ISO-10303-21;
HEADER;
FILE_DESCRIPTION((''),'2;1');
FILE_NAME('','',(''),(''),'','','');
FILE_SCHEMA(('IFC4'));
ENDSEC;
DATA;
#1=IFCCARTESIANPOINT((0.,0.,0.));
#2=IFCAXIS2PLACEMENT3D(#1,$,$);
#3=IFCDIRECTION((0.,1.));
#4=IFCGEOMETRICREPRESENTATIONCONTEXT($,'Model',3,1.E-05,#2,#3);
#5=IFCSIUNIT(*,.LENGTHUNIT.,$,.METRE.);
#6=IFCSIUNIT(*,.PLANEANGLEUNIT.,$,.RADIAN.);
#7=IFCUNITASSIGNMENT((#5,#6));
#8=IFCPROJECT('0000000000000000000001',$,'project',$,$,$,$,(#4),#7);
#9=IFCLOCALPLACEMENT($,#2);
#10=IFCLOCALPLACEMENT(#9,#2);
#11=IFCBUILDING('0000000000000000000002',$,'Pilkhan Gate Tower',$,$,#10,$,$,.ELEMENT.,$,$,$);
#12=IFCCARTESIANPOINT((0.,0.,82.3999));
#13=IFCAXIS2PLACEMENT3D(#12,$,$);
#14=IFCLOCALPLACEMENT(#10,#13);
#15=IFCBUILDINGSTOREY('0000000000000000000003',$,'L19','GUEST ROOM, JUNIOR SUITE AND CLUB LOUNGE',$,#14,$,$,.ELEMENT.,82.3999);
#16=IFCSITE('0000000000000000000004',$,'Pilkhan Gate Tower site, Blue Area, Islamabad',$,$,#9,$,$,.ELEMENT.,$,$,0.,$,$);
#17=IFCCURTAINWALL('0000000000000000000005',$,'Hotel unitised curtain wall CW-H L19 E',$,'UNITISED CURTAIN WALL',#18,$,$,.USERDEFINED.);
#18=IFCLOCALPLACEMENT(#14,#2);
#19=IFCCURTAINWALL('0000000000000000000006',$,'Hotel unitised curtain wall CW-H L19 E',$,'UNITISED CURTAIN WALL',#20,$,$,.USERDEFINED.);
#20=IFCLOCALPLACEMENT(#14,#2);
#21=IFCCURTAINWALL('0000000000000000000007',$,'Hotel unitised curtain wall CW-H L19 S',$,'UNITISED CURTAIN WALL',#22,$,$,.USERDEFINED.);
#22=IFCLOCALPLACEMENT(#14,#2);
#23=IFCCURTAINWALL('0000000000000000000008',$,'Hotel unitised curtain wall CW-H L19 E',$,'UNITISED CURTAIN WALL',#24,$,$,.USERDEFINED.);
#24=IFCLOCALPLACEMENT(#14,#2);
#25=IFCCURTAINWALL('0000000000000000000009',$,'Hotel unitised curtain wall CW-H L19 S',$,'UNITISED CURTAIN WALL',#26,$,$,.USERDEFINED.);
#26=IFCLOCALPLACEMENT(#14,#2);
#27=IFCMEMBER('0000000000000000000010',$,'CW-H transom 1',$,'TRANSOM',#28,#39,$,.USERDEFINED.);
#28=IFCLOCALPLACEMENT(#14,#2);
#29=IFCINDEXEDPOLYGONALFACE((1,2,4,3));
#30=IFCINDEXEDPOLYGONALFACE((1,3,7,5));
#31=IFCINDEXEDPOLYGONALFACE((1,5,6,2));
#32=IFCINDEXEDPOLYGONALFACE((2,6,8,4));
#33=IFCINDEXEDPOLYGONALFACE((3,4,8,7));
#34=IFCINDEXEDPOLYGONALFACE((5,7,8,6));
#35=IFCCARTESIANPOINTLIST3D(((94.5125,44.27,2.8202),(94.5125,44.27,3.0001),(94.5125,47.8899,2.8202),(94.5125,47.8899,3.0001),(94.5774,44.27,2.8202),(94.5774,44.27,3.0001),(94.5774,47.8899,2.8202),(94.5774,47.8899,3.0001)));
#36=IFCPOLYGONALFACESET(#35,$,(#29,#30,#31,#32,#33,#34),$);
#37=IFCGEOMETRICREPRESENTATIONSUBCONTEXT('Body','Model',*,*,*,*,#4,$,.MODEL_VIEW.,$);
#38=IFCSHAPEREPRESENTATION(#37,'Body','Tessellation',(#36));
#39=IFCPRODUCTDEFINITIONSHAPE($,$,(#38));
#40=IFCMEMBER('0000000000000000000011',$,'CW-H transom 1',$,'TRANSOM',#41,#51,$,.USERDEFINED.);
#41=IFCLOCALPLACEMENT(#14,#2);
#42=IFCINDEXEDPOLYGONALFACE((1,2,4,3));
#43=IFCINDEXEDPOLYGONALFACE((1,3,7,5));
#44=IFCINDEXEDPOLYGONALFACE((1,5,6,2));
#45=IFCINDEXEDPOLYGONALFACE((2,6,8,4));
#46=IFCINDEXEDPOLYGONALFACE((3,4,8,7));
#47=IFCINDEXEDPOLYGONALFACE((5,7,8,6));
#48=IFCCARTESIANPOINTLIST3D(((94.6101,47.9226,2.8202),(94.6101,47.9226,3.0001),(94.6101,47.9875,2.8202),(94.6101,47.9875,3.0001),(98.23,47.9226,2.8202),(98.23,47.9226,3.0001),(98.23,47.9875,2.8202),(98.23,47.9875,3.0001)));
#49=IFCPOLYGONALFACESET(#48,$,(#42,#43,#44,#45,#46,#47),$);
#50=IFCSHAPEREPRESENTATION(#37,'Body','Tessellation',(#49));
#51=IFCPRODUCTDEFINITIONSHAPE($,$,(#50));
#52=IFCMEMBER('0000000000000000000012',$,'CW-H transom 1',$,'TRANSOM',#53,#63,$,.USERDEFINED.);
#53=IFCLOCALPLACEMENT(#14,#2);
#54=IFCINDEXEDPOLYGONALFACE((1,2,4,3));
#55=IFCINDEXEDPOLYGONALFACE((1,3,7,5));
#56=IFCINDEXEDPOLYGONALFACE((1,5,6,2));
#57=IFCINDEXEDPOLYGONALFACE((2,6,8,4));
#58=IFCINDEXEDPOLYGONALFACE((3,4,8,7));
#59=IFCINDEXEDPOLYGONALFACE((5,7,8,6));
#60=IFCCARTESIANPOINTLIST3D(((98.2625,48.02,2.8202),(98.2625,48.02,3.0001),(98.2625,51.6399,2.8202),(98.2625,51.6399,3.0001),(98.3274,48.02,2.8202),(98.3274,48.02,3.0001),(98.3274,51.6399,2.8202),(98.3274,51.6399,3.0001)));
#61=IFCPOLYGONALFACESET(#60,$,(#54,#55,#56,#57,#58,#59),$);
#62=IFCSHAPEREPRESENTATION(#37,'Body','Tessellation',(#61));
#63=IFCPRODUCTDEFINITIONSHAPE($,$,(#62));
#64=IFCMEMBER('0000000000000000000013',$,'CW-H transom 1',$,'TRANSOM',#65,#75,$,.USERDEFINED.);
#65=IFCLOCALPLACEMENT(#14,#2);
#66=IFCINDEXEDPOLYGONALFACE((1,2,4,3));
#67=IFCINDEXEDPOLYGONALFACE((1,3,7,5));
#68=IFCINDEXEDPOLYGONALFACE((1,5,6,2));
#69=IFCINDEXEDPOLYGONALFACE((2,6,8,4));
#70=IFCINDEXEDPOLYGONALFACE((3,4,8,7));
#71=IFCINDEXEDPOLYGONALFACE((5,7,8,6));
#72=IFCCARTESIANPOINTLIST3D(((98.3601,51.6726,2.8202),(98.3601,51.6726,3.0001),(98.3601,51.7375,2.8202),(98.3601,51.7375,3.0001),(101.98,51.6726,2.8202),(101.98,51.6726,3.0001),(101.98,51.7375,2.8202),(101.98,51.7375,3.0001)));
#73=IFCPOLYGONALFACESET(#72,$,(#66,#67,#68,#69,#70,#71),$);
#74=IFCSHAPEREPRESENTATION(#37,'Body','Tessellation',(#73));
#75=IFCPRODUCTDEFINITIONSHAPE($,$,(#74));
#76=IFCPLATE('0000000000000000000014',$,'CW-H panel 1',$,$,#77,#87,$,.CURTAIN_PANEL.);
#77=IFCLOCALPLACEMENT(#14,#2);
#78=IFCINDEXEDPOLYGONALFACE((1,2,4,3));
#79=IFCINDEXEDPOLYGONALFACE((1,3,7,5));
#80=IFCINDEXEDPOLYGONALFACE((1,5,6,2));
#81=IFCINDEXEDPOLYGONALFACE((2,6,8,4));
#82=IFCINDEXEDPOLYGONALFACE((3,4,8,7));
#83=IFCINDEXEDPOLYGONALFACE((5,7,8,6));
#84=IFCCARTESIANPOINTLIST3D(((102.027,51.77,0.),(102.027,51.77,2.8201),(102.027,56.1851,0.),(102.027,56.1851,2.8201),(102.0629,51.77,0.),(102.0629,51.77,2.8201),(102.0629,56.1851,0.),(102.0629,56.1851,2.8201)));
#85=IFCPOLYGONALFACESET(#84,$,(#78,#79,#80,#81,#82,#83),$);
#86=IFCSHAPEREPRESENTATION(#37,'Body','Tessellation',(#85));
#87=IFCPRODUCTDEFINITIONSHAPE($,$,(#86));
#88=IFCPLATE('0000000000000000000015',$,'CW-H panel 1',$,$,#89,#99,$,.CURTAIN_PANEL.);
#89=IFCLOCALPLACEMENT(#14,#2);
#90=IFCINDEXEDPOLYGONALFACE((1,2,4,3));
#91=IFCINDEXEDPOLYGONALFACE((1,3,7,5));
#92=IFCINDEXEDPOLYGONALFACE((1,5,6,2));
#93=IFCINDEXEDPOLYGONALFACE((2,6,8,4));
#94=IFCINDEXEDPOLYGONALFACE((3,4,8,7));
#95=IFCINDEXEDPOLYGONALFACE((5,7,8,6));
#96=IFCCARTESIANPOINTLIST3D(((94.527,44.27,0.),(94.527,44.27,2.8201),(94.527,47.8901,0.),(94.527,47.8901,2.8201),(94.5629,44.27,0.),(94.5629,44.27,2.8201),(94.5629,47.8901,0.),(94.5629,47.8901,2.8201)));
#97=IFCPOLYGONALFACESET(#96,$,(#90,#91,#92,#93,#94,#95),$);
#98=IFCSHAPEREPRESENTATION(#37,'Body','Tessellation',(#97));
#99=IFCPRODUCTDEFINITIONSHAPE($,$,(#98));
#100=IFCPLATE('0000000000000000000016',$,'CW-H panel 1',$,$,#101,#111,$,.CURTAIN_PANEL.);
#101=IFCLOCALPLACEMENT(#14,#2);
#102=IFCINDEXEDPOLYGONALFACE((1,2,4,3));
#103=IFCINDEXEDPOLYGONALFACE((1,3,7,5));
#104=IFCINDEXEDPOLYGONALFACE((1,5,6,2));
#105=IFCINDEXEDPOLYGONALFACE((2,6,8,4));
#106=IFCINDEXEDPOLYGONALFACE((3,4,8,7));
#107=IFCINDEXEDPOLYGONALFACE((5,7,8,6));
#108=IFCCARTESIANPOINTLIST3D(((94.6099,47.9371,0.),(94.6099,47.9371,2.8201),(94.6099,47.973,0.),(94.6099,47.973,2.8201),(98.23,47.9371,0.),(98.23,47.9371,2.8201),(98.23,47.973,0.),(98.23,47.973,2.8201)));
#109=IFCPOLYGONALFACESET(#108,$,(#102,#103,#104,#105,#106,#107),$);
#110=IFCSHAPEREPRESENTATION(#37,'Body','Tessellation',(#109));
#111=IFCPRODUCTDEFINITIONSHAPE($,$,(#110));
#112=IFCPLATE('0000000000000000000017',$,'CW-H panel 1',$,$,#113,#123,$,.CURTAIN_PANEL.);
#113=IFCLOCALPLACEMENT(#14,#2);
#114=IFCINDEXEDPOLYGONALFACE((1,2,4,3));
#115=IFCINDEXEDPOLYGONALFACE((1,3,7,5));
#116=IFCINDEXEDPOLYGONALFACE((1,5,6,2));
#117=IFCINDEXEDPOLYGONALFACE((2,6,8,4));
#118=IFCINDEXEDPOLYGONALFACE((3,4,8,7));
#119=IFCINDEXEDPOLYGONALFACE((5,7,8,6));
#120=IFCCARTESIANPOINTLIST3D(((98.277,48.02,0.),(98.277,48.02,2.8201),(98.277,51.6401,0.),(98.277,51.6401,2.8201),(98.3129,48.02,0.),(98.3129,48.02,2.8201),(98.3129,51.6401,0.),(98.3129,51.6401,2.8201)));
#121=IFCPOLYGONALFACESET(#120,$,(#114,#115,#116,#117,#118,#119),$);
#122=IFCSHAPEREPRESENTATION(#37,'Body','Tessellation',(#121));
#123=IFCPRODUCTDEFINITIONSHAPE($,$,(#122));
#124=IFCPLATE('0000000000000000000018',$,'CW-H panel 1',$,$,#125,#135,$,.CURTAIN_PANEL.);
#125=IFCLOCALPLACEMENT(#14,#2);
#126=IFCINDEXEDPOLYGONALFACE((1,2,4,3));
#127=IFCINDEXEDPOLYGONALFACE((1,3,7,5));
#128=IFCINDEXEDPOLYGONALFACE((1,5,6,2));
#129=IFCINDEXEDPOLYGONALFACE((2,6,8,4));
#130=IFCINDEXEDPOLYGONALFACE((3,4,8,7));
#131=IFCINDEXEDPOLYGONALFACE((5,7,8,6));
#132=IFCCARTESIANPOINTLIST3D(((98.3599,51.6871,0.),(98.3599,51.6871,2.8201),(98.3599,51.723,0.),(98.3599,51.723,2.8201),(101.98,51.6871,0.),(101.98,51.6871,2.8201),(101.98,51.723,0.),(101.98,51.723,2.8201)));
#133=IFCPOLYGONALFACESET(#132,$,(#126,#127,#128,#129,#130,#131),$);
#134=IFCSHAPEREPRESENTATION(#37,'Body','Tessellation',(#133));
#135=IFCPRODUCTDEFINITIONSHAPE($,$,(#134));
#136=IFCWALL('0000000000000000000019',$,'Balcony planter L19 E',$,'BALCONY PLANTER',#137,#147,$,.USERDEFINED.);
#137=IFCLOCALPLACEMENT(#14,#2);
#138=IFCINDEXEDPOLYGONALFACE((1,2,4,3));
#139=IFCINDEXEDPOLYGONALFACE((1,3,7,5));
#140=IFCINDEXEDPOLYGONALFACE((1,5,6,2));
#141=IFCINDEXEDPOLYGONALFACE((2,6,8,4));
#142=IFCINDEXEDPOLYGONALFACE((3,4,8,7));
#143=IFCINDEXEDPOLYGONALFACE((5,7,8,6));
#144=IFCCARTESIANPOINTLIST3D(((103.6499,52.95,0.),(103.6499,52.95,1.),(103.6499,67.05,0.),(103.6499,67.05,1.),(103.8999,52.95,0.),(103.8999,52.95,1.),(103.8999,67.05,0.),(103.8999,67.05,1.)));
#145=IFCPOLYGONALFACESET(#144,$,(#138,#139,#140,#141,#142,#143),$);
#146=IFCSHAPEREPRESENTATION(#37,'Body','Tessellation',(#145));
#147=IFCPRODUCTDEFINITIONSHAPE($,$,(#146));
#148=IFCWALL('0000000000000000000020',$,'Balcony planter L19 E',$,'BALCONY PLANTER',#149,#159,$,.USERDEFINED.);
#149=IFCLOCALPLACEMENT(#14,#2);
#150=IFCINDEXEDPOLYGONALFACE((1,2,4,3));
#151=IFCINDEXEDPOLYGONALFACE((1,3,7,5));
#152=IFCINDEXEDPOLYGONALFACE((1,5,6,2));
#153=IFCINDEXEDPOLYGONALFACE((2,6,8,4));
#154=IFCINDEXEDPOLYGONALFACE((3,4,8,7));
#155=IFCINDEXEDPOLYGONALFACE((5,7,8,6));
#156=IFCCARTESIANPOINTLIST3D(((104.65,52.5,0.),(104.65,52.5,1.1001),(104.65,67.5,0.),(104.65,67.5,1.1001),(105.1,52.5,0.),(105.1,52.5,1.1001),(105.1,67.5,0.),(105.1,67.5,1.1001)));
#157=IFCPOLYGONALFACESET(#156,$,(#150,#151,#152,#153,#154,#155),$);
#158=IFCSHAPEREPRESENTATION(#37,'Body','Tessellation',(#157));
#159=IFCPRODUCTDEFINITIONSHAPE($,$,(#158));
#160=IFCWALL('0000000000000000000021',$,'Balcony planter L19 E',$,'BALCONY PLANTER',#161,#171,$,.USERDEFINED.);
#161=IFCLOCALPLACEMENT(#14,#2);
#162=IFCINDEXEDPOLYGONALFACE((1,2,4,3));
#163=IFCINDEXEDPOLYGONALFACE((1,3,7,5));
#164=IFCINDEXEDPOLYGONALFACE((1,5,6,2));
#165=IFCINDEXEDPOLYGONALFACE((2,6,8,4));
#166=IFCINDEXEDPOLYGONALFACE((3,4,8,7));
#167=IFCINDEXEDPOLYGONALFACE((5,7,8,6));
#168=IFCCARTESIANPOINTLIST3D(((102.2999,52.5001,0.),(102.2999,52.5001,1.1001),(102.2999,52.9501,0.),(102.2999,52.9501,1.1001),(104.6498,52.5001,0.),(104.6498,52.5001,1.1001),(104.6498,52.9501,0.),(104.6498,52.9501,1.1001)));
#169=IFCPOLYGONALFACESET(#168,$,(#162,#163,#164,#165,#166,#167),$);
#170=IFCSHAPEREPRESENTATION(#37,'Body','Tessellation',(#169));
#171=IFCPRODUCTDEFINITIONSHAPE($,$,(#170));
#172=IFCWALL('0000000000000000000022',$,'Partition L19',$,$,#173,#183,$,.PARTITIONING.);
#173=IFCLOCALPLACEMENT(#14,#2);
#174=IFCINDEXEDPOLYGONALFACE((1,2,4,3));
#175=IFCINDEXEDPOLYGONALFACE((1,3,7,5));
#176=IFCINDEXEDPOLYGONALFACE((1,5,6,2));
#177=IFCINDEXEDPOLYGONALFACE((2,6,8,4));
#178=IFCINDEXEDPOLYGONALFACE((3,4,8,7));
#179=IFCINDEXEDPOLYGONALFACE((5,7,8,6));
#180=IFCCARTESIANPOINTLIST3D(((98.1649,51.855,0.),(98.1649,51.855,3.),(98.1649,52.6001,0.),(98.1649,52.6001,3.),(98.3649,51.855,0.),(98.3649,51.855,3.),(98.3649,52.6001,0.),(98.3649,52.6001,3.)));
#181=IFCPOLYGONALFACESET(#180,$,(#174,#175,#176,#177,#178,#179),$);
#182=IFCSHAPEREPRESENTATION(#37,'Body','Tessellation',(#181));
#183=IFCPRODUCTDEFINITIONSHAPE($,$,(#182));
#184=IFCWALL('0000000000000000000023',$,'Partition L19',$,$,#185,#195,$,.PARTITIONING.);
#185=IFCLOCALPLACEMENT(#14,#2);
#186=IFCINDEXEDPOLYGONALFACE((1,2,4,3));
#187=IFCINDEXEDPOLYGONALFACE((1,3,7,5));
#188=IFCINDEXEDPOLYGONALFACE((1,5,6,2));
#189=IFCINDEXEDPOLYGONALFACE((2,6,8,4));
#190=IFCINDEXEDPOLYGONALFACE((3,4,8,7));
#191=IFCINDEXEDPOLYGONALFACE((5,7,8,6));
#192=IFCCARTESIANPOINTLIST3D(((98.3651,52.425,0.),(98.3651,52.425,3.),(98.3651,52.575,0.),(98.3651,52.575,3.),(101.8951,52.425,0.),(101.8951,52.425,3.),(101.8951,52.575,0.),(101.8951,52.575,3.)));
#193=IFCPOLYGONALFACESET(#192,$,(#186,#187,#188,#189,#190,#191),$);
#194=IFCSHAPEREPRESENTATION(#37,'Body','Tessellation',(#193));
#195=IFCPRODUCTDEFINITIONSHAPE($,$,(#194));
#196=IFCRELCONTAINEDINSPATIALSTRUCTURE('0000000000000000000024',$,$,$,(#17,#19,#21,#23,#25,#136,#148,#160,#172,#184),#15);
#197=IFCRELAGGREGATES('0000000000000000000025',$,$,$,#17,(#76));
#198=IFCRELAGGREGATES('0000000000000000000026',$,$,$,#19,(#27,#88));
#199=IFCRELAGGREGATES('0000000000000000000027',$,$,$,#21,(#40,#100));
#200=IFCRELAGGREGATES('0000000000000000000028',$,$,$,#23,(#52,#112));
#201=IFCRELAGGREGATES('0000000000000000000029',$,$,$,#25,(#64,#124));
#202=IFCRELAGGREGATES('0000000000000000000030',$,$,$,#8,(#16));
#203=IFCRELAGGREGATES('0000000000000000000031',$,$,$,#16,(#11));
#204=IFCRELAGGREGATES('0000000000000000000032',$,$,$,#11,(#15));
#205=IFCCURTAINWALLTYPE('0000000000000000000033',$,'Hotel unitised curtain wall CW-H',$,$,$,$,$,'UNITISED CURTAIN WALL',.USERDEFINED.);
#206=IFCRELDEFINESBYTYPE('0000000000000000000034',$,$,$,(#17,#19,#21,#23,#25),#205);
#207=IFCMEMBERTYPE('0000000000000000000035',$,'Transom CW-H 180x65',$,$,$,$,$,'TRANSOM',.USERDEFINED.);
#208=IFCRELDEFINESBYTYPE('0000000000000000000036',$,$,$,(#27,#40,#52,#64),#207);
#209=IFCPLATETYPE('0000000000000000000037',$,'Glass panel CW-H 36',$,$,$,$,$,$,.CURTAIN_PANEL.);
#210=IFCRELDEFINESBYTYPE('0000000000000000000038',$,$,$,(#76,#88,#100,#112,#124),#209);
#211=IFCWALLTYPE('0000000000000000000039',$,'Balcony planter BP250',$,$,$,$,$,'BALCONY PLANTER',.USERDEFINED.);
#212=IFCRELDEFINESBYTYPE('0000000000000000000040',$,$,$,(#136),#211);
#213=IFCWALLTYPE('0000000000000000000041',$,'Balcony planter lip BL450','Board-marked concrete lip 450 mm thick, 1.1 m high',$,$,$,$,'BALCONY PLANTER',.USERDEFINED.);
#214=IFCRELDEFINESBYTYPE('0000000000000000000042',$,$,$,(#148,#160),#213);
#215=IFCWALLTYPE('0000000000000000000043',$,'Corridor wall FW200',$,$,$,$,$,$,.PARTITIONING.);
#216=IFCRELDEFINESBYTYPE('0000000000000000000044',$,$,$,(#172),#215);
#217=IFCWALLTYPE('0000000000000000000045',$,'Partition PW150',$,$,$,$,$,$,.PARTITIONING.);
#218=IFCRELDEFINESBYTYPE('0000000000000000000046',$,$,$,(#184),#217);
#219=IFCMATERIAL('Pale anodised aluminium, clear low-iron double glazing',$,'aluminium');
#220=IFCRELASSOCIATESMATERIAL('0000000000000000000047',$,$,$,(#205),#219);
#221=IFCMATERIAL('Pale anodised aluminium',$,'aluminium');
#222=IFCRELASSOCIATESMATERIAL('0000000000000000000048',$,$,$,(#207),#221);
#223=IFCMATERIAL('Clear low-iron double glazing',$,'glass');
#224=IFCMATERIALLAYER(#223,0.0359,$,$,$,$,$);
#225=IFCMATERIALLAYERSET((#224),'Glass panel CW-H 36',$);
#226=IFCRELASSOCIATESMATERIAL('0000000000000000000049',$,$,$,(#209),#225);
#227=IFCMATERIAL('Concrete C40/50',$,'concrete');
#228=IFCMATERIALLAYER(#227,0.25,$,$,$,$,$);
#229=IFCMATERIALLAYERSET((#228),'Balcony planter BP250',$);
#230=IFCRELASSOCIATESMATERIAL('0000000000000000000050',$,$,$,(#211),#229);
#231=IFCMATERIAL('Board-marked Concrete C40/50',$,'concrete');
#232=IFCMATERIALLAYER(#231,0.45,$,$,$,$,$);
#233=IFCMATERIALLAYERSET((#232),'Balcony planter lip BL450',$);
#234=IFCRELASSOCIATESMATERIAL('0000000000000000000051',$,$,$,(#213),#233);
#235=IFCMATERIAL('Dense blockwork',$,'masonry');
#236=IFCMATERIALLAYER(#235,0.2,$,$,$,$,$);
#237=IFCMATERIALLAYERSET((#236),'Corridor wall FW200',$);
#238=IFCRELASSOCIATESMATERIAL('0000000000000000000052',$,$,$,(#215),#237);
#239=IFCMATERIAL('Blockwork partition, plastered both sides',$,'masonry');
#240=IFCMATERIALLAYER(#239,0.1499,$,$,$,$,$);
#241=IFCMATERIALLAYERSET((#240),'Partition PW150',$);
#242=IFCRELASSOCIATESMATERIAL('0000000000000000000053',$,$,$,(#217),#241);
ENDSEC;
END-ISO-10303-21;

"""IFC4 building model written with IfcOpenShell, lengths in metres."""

from ifc_helpers import new_model, si_unit, direction, frame, frame_2d, origin, origin_2d, place, context, subcontext, project, spatial, rectangle, extrude, material, layer, layer_set, material_profile, profile_set, type_object, element, aggregate, save


model = new_model("IFC4")

# Units and contexts
model_context = context("Model", 3, precision=1e-05, world=origin(), true_north=direction((0.0, 1.0)))
body_context = subcontext(model_context, "Body", "Model", "MODEL_VIEW")
ifc_project = project(units=[si_unit("LENGTHUNIT", "METRE"), si_unit("PLANEANGLEUNIT", "RADIAN")], contexts=[model_context])

# Site, building, storey
site_placement = place(None, origin())
site = spatial("IfcSite", under=ifc_project, at=site_placement, Name="Pilkhan Gate Tower site, Blue Area, Islamabad", CompositionType="ELEMENT", RefElevation=0.0)
building_placement = place(site_placement, origin())
building = spatial("IfcBuilding", under=site, at=building_placement, Name="Pilkhan Gate Tower", CompositionType="ELEMENT")
storey_placement = place(building_placement, frame((0.0, 0.0, 82.3999)))
storey = spatial("IfcBuildingStorey", under=building, at=storey_placement, Name="L19", Description="GUEST ROOM, JUNIOR SUITE AND CLUB LOUNGE", CompositionType="ELEMENT", Elevation=82.3999)

# Curtain wall
ifc_material_1 = material(Name="Pale anodised aluminium, clear low-iron double glazing", Category="aluminium")
curtain_wall_type = type_object("IfcCurtainWallType", Name="Hotel unitised curtain wall CW-H", ElementType="UNITISED CURTAIN WALL", PredefinedType="USERDEFINED", material=ifc_material_1)
curtain_wall_1_placement = place(storey_placement, origin())
curtain_wall_1 = element("IfcCurtainWall", 1, at=curtain_wall_1_placement, inside=storey, type_object=curtain_wall_type, Name="Hotel unitised curtain wall CW-H L19 E", ObjectType="UNITISED CURTAIN WALL", PredefinedType="USERDEFINED")
ifc_material_2 = material(Name="Pale anodised aluminium", Category="aluminium")

# Curtain walls
curtain_wall_2_placement = place(storey_placement, origin())
curtain_wall_2 = element("IfcCurtainWall", 2, at=curtain_wall_2_placement, inside=storey, type_object=curtain_wall_type, Name="Hotel unitised curtain wall CW-H L19 E", ObjectType="UNITISED CURTAIN WALL", PredefinedType="USERDEFINED")
curtain_wall_3_placement = place(storey_placement, origin())
curtain_wall_3 = element("IfcCurtainWall", 3, at=curtain_wall_3_placement, inside=storey, type_object=curtain_wall_type, Name="Hotel unitised curtain wall CW-H L19 S", ObjectType="UNITISED CURTAIN WALL", PredefinedType="USERDEFINED")
curtain_wall_4_placement = place(storey_placement, origin())
curtain_wall_4 = element("IfcCurtainWall", 4, at=curtain_wall_4_placement, inside=storey, type_object=curtain_wall_type, Name="Hotel unitised curtain wall CW-H L19 E", ObjectType="UNITISED CURTAIN WALL", PredefinedType="USERDEFINED")
curtain_wall_5_placement = place(storey_placement, origin())
curtain_wall_5 = element("IfcCurtainWall", 5, at=curtain_wall_5_placement, inside=storey, type_object=curtain_wall_type, Name="Hotel unitised curtain wall CW-H L19 S", ObjectType="UNITISED CURTAIN WALL", PredefinedType="USERDEFINED")

# Members
ifc_material_profile_1 = material_profile(ifc_material_2, rectangle(XDim=0.0649, YDim=0.1799, at=origin_2d()), Name="Transom 180x65")
ifc_profile_set_1 = profile_set([ifc_material_profile_1], Name="Pale anodised aluminium")
member_type_1 = type_object("IfcMemberType", Name="Transom CW-H 180x65", ElementType="TRANSOM", PredefinedType="USERDEFINED", material=ifc_profile_set_1)
member_1_placement = place(storey_placement, frame((94.5449, 44.27, 2.9102), z_axis=(0.0, 1.0, 0.0), x_axis=(-1.0, 0.0, 0.0)))
member_1 = element("IfcMember", 6, at=member_1_placement, type_object=member_type_1, Name="CW-H transom 1", ObjectType="TRANSOM", PredefinedType="USERDEFINED", context=body_context, shape_type="SweptSolid", body=[
    extrude(rectangle(XDim=0.0649, YDim=0.1799, at=origin_2d()), origin(), (0.0, 0.0, 1.0), 3.6199),
])
member_2_placement = place(storey_placement, frame((94.6101, 47.9551, 2.9102), z_axis=(1.0, 0.0, 0.0), x_axis=(0.0, 1.0, 0.0)))
member_2 = element("IfcMember", 7, at=member_2_placement, type_object=member_type_1, Name="CW-H transom 1", ObjectType="TRANSOM", PredefinedType="USERDEFINED", context=body_context, shape_type="SweptSolid", body=[
    extrude(rectangle(XDim=0.0649, YDim=0.1799, at=origin_2d()), origin(), (0.0, 0.0, 1.0), 3.6199),
])
member_3_placement = place(storey_placement, frame((98.2949, 48.02, 2.9102), z_axis=(0.0, 1.0, 0.0), x_axis=(-1.0, 0.0, 0.0)))
member_3 = element("IfcMember", 8, at=member_3_placement, type_object=member_type_1, Name="CW-H transom 1", ObjectType="TRANSOM", PredefinedType="USERDEFINED", context=body_context, shape_type="SweptSolid", body=[
    extrude(rectangle(XDim=0.0649, YDim=0.1799, at=origin_2d()), origin(), (0.0, 0.0, 1.0), 3.6199),
])
member_4_placement = place(storey_placement, frame((98.3601, 51.7051, 2.9102), z_axis=(1.0, 0.0, 0.0), x_axis=(0.0, 1.0, 0.0)))
member_4 = element("IfcMember", 9, at=member_4_placement, type_object=member_type_1, Name="CW-H transom 1", ObjectType="TRANSOM", PredefinedType="USERDEFINED", context=body_context, shape_type="SweptSolid", body=[
    extrude(rectangle(XDim=0.0649, YDim=0.1799, at=origin_2d()), origin(), (0.0, 0.0, 1.0), 3.6199),
])

# Plates
ifc_material_3 = material(Name="Clear low-iron double glazing", Category="glass")
ifc_layer_1 = layer(ifc_material_3, 0.0359)
ifc_layer_set_1 = layer_set([ifc_layer_1], Name="Glass panel CW-H 36")
plate_type = type_object("IfcPlateType", Name="Glass panel CW-H 36", PredefinedType="CURTAIN_PANEL", material=ifc_layer_set_1)
plate_1_placement = place(storey_placement, frame((102.0449, 53.9775, 0.0), z_axis=(0.0, 0.0, 1.0), x_axis=(0.0, 1.0, 0.0)))
plate_1 = element("IfcPlate", 10, at=plate_1_placement, type_object=plate_type, Name="CW-H panel 1", PredefinedType="CURTAIN_PANEL", context=body_context, shape_type="SweptSolid", body=[
    extrude(rectangle(XDim=4.415, YDim=0.0359, at=origin_2d()), origin(), (0.0, 0.0, 1.0), 2.8201),
])
aggregate(curtain_wall_1, [plate_1])
plate_2_placement = place(storey_placement, frame((94.5449, 46.0801, 0.0), z_axis=(0.0, 0.0, 1.0), x_axis=(0.0, 1.0, 0.0)))
plate_2 = element("IfcPlate", 11, at=plate_2_placement, type_object=plate_type, Name="CW-H panel 1", PredefinedType="CURTAIN_PANEL", context=body_context, shape_type="SweptSolid", body=[
    extrude(rectangle(XDim=3.6201, YDim=0.0359, at=origin_2d()), origin(), (0.0, 0.0, 1.0), 2.8201),
])
aggregate(curtain_wall_2, [member_1, plate_2])
plate_3_placement = place(storey_placement, frame((96.4199, 47.9551, 0.0), z_axis=(0.0, 0.0, 1.0), x_axis=(1.0, 0.0, 0.0)))
plate_3 = element("IfcPlate", 12, at=plate_3_placement, type_object=plate_type, Name="CW-H panel 1", PredefinedType="CURTAIN_PANEL", context=body_context, shape_type="SweptSolid", body=[
    extrude(rectangle(XDim=3.6201, YDim=0.0359, at=origin_2d()), origin(), (0.0, 0.0, 1.0), 2.8201),
])
aggregate(curtain_wall_3, [member_2, plate_3])
plate_4_placement = place(storey_placement, frame((98.2949, 49.8301, 0.0), z_axis=(0.0, 0.0, 1.0), x_axis=(0.0, 1.0, 0.0)))
plate_4 = element("IfcPlate", 13, at=plate_4_placement, type_object=plate_type, Name="CW-H panel 1", PredefinedType="CURTAIN_PANEL", context=body_context, shape_type="SweptSolid", body=[
    extrude(rectangle(XDim=3.6201, YDim=0.0359, at=origin_2d()), origin(), (0.0, 0.0, 1.0), 2.8201),
])
aggregate(curtain_wall_4, [member_3, plate_4])
plate_5_placement = place(storey_placement, frame((100.1699, 51.7051, 0.0), z_axis=(0.0, 0.0, 1.0), x_axis=(1.0, 0.0, 0.0)))
plate_5 = element("IfcPlate", 14, at=plate_5_placement, type_object=plate_type, Name="CW-H panel 1", PredefinedType="CURTAIN_PANEL", context=body_context, shape_type="SweptSolid", body=[
    extrude(rectangle(XDim=3.6201, YDim=0.0359, at=origin_2d()), origin(), (0.0, 0.0, 1.0), 2.8201),
])
aggregate(curtain_wall_5, [member_4, plate_5])

# Walls
ifc_material_4 = material(Name="Concrete C40/50", Category="concrete")
ifc_layer_2 = layer(ifc_material_4, 0.25)
ifc_layer_set_2 = layer_set([ifc_layer_2], Name="Balcony planter BP250")
wall_type_1 = type_object("IfcWallType", Name="Balcony planter BP250", ElementType="BALCONY PLANTER", PredefinedType="USERDEFINED", material=ifc_layer_set_2)
wall_1_placement = place(storey_placement, frame((103.7749, 52.95, 0.0), z_axis=(0.0, 0.0, 1.0), x_axis=(0.0, 1.0, 0.0)))
element("IfcWall", 15, at=wall_1_placement, inside=storey, type_object=wall_type_1, Name="Balcony planter L19 E", ObjectType="BALCONY PLANTER", PredefinedType="USERDEFINED", context=body_context, shape_type="SweptSolid", body=[
    extrude(rectangle(XDim=14.1001, YDim=0.25, at=frame_2d((7.05, 0.0))), origin(), (0.0, 0.0, 1.0), 1.0),
])
ifc_material_5 = material(Name="Board-marked Concrete C40/50", Category="concrete")
ifc_layer_3 = layer(ifc_material_5, 0.45)
ifc_layer_set_3 = layer_set([ifc_layer_3], Name="Balcony planter lip BL450")
wall_type_2 = type_object("IfcWallType", Name="Balcony planter lip BL450", Description="Board-marked concrete lip 450 mm thick, 1.1 m high", ElementType="BALCONY PLANTER", PredefinedType="USERDEFINED", material=ifc_layer_set_3)
wall_2_placement = place(storey_placement, frame((104.875, 52.5, 0.0), z_axis=(0.0, 0.0, 1.0), x_axis=(0.0, 1.0, 0.0)))
element("IfcWall", 16, at=wall_2_placement, inside=storey, type_object=wall_type_2, Name="Balcony planter L19 E", ObjectType="BALCONY PLANTER", PredefinedType="USERDEFINED", context=body_context, shape_type="SweptSolid", body=[
    extrude(rectangle(XDim=15.0, YDim=0.45, at=frame_2d((7.5, 0.0))), origin(), (0.0, 0.0, 1.0), 1.1001),
])
wall_3_placement = place(storey_placement, frame((102.3, 52.7251, 0.0), z_axis=(0.0, 0.0, 1.0), x_axis=(1.0, 0.0, 0.0)))
element("IfcWall", 17, at=wall_3_placement, inside=storey, type_object=wall_type_2, Name="Balcony planter L19 E", ObjectType="BALCONY PLANTER", PredefinedType="USERDEFINED", context=body_context, shape_type="SweptSolid", body=[
    extrude(rectangle(XDim=2.3499, YDim=0.45, at=frame_2d((1.1748, 0.0))), origin(), (0.0, 0.0, 1.0), 1.1001),
])
ifc_material_6 = material(Name="Dense blockwork", Category="masonry")
ifc_layer_4 = layer(ifc_material_6, 0.2)
ifc_layer_set_4 = layer_set([ifc_layer_4], Name="Corridor wall FW200")
wall_type_3 = type_object("IfcWallType", Name="Corridor wall FW200", PredefinedType="PARTITIONING", material=ifc_layer_set_4)
wall_4_placement = place(storey_placement, frame((98.2649, 51.855, 0.0), z_axis=(0.0, 0.0, 1.0), x_axis=(0.0, 1.0, 0.0)))
element("IfcWall", 18, at=wall_4_placement, inside=storey, type_object=wall_type_3, Name="Partition L19", PredefinedType="PARTITIONING", context=body_context, shape_type="SweptSolid", body=[
    extrude(rectangle(XDim=0.7451, YDim=0.2, at=frame_2d((0.3726, 0.0))), origin(), (0.0, 0.0, 1.0), 3.0),
])
ifc_material_7 = material(Name="Blockwork partition, plastered both sides", Category="masonry")
ifc_layer_5 = layer(ifc_material_7, 0.1499)
ifc_layer_set_5 = layer_set([ifc_layer_5], Name="Partition PW150")
wall_type_4 = type_object("IfcWallType", Name="Partition PW150", PredefinedType="PARTITIONING", material=ifc_layer_set_5)
wall_5_placement = place(storey_placement, frame((98.365, 52.5, 0.0), z_axis=(0.0, 0.0, 1.0), x_axis=(1.0, 0.0, 0.0)))
element("IfcWall", 19, at=wall_5_placement, inside=storey, type_object=wall_type_4, Name="Partition L19", PredefinedType="PARTITIONING", context=body_context, shape_type="SweptSolid", body=[
    extrude(rectangle(XDim=3.53, YDim=0.1499, at=frame_2d((1.7651, 0.0))), origin(), (0.0, 0.0, 1.0), 3.0),
])

save(model, "model.ifc")
